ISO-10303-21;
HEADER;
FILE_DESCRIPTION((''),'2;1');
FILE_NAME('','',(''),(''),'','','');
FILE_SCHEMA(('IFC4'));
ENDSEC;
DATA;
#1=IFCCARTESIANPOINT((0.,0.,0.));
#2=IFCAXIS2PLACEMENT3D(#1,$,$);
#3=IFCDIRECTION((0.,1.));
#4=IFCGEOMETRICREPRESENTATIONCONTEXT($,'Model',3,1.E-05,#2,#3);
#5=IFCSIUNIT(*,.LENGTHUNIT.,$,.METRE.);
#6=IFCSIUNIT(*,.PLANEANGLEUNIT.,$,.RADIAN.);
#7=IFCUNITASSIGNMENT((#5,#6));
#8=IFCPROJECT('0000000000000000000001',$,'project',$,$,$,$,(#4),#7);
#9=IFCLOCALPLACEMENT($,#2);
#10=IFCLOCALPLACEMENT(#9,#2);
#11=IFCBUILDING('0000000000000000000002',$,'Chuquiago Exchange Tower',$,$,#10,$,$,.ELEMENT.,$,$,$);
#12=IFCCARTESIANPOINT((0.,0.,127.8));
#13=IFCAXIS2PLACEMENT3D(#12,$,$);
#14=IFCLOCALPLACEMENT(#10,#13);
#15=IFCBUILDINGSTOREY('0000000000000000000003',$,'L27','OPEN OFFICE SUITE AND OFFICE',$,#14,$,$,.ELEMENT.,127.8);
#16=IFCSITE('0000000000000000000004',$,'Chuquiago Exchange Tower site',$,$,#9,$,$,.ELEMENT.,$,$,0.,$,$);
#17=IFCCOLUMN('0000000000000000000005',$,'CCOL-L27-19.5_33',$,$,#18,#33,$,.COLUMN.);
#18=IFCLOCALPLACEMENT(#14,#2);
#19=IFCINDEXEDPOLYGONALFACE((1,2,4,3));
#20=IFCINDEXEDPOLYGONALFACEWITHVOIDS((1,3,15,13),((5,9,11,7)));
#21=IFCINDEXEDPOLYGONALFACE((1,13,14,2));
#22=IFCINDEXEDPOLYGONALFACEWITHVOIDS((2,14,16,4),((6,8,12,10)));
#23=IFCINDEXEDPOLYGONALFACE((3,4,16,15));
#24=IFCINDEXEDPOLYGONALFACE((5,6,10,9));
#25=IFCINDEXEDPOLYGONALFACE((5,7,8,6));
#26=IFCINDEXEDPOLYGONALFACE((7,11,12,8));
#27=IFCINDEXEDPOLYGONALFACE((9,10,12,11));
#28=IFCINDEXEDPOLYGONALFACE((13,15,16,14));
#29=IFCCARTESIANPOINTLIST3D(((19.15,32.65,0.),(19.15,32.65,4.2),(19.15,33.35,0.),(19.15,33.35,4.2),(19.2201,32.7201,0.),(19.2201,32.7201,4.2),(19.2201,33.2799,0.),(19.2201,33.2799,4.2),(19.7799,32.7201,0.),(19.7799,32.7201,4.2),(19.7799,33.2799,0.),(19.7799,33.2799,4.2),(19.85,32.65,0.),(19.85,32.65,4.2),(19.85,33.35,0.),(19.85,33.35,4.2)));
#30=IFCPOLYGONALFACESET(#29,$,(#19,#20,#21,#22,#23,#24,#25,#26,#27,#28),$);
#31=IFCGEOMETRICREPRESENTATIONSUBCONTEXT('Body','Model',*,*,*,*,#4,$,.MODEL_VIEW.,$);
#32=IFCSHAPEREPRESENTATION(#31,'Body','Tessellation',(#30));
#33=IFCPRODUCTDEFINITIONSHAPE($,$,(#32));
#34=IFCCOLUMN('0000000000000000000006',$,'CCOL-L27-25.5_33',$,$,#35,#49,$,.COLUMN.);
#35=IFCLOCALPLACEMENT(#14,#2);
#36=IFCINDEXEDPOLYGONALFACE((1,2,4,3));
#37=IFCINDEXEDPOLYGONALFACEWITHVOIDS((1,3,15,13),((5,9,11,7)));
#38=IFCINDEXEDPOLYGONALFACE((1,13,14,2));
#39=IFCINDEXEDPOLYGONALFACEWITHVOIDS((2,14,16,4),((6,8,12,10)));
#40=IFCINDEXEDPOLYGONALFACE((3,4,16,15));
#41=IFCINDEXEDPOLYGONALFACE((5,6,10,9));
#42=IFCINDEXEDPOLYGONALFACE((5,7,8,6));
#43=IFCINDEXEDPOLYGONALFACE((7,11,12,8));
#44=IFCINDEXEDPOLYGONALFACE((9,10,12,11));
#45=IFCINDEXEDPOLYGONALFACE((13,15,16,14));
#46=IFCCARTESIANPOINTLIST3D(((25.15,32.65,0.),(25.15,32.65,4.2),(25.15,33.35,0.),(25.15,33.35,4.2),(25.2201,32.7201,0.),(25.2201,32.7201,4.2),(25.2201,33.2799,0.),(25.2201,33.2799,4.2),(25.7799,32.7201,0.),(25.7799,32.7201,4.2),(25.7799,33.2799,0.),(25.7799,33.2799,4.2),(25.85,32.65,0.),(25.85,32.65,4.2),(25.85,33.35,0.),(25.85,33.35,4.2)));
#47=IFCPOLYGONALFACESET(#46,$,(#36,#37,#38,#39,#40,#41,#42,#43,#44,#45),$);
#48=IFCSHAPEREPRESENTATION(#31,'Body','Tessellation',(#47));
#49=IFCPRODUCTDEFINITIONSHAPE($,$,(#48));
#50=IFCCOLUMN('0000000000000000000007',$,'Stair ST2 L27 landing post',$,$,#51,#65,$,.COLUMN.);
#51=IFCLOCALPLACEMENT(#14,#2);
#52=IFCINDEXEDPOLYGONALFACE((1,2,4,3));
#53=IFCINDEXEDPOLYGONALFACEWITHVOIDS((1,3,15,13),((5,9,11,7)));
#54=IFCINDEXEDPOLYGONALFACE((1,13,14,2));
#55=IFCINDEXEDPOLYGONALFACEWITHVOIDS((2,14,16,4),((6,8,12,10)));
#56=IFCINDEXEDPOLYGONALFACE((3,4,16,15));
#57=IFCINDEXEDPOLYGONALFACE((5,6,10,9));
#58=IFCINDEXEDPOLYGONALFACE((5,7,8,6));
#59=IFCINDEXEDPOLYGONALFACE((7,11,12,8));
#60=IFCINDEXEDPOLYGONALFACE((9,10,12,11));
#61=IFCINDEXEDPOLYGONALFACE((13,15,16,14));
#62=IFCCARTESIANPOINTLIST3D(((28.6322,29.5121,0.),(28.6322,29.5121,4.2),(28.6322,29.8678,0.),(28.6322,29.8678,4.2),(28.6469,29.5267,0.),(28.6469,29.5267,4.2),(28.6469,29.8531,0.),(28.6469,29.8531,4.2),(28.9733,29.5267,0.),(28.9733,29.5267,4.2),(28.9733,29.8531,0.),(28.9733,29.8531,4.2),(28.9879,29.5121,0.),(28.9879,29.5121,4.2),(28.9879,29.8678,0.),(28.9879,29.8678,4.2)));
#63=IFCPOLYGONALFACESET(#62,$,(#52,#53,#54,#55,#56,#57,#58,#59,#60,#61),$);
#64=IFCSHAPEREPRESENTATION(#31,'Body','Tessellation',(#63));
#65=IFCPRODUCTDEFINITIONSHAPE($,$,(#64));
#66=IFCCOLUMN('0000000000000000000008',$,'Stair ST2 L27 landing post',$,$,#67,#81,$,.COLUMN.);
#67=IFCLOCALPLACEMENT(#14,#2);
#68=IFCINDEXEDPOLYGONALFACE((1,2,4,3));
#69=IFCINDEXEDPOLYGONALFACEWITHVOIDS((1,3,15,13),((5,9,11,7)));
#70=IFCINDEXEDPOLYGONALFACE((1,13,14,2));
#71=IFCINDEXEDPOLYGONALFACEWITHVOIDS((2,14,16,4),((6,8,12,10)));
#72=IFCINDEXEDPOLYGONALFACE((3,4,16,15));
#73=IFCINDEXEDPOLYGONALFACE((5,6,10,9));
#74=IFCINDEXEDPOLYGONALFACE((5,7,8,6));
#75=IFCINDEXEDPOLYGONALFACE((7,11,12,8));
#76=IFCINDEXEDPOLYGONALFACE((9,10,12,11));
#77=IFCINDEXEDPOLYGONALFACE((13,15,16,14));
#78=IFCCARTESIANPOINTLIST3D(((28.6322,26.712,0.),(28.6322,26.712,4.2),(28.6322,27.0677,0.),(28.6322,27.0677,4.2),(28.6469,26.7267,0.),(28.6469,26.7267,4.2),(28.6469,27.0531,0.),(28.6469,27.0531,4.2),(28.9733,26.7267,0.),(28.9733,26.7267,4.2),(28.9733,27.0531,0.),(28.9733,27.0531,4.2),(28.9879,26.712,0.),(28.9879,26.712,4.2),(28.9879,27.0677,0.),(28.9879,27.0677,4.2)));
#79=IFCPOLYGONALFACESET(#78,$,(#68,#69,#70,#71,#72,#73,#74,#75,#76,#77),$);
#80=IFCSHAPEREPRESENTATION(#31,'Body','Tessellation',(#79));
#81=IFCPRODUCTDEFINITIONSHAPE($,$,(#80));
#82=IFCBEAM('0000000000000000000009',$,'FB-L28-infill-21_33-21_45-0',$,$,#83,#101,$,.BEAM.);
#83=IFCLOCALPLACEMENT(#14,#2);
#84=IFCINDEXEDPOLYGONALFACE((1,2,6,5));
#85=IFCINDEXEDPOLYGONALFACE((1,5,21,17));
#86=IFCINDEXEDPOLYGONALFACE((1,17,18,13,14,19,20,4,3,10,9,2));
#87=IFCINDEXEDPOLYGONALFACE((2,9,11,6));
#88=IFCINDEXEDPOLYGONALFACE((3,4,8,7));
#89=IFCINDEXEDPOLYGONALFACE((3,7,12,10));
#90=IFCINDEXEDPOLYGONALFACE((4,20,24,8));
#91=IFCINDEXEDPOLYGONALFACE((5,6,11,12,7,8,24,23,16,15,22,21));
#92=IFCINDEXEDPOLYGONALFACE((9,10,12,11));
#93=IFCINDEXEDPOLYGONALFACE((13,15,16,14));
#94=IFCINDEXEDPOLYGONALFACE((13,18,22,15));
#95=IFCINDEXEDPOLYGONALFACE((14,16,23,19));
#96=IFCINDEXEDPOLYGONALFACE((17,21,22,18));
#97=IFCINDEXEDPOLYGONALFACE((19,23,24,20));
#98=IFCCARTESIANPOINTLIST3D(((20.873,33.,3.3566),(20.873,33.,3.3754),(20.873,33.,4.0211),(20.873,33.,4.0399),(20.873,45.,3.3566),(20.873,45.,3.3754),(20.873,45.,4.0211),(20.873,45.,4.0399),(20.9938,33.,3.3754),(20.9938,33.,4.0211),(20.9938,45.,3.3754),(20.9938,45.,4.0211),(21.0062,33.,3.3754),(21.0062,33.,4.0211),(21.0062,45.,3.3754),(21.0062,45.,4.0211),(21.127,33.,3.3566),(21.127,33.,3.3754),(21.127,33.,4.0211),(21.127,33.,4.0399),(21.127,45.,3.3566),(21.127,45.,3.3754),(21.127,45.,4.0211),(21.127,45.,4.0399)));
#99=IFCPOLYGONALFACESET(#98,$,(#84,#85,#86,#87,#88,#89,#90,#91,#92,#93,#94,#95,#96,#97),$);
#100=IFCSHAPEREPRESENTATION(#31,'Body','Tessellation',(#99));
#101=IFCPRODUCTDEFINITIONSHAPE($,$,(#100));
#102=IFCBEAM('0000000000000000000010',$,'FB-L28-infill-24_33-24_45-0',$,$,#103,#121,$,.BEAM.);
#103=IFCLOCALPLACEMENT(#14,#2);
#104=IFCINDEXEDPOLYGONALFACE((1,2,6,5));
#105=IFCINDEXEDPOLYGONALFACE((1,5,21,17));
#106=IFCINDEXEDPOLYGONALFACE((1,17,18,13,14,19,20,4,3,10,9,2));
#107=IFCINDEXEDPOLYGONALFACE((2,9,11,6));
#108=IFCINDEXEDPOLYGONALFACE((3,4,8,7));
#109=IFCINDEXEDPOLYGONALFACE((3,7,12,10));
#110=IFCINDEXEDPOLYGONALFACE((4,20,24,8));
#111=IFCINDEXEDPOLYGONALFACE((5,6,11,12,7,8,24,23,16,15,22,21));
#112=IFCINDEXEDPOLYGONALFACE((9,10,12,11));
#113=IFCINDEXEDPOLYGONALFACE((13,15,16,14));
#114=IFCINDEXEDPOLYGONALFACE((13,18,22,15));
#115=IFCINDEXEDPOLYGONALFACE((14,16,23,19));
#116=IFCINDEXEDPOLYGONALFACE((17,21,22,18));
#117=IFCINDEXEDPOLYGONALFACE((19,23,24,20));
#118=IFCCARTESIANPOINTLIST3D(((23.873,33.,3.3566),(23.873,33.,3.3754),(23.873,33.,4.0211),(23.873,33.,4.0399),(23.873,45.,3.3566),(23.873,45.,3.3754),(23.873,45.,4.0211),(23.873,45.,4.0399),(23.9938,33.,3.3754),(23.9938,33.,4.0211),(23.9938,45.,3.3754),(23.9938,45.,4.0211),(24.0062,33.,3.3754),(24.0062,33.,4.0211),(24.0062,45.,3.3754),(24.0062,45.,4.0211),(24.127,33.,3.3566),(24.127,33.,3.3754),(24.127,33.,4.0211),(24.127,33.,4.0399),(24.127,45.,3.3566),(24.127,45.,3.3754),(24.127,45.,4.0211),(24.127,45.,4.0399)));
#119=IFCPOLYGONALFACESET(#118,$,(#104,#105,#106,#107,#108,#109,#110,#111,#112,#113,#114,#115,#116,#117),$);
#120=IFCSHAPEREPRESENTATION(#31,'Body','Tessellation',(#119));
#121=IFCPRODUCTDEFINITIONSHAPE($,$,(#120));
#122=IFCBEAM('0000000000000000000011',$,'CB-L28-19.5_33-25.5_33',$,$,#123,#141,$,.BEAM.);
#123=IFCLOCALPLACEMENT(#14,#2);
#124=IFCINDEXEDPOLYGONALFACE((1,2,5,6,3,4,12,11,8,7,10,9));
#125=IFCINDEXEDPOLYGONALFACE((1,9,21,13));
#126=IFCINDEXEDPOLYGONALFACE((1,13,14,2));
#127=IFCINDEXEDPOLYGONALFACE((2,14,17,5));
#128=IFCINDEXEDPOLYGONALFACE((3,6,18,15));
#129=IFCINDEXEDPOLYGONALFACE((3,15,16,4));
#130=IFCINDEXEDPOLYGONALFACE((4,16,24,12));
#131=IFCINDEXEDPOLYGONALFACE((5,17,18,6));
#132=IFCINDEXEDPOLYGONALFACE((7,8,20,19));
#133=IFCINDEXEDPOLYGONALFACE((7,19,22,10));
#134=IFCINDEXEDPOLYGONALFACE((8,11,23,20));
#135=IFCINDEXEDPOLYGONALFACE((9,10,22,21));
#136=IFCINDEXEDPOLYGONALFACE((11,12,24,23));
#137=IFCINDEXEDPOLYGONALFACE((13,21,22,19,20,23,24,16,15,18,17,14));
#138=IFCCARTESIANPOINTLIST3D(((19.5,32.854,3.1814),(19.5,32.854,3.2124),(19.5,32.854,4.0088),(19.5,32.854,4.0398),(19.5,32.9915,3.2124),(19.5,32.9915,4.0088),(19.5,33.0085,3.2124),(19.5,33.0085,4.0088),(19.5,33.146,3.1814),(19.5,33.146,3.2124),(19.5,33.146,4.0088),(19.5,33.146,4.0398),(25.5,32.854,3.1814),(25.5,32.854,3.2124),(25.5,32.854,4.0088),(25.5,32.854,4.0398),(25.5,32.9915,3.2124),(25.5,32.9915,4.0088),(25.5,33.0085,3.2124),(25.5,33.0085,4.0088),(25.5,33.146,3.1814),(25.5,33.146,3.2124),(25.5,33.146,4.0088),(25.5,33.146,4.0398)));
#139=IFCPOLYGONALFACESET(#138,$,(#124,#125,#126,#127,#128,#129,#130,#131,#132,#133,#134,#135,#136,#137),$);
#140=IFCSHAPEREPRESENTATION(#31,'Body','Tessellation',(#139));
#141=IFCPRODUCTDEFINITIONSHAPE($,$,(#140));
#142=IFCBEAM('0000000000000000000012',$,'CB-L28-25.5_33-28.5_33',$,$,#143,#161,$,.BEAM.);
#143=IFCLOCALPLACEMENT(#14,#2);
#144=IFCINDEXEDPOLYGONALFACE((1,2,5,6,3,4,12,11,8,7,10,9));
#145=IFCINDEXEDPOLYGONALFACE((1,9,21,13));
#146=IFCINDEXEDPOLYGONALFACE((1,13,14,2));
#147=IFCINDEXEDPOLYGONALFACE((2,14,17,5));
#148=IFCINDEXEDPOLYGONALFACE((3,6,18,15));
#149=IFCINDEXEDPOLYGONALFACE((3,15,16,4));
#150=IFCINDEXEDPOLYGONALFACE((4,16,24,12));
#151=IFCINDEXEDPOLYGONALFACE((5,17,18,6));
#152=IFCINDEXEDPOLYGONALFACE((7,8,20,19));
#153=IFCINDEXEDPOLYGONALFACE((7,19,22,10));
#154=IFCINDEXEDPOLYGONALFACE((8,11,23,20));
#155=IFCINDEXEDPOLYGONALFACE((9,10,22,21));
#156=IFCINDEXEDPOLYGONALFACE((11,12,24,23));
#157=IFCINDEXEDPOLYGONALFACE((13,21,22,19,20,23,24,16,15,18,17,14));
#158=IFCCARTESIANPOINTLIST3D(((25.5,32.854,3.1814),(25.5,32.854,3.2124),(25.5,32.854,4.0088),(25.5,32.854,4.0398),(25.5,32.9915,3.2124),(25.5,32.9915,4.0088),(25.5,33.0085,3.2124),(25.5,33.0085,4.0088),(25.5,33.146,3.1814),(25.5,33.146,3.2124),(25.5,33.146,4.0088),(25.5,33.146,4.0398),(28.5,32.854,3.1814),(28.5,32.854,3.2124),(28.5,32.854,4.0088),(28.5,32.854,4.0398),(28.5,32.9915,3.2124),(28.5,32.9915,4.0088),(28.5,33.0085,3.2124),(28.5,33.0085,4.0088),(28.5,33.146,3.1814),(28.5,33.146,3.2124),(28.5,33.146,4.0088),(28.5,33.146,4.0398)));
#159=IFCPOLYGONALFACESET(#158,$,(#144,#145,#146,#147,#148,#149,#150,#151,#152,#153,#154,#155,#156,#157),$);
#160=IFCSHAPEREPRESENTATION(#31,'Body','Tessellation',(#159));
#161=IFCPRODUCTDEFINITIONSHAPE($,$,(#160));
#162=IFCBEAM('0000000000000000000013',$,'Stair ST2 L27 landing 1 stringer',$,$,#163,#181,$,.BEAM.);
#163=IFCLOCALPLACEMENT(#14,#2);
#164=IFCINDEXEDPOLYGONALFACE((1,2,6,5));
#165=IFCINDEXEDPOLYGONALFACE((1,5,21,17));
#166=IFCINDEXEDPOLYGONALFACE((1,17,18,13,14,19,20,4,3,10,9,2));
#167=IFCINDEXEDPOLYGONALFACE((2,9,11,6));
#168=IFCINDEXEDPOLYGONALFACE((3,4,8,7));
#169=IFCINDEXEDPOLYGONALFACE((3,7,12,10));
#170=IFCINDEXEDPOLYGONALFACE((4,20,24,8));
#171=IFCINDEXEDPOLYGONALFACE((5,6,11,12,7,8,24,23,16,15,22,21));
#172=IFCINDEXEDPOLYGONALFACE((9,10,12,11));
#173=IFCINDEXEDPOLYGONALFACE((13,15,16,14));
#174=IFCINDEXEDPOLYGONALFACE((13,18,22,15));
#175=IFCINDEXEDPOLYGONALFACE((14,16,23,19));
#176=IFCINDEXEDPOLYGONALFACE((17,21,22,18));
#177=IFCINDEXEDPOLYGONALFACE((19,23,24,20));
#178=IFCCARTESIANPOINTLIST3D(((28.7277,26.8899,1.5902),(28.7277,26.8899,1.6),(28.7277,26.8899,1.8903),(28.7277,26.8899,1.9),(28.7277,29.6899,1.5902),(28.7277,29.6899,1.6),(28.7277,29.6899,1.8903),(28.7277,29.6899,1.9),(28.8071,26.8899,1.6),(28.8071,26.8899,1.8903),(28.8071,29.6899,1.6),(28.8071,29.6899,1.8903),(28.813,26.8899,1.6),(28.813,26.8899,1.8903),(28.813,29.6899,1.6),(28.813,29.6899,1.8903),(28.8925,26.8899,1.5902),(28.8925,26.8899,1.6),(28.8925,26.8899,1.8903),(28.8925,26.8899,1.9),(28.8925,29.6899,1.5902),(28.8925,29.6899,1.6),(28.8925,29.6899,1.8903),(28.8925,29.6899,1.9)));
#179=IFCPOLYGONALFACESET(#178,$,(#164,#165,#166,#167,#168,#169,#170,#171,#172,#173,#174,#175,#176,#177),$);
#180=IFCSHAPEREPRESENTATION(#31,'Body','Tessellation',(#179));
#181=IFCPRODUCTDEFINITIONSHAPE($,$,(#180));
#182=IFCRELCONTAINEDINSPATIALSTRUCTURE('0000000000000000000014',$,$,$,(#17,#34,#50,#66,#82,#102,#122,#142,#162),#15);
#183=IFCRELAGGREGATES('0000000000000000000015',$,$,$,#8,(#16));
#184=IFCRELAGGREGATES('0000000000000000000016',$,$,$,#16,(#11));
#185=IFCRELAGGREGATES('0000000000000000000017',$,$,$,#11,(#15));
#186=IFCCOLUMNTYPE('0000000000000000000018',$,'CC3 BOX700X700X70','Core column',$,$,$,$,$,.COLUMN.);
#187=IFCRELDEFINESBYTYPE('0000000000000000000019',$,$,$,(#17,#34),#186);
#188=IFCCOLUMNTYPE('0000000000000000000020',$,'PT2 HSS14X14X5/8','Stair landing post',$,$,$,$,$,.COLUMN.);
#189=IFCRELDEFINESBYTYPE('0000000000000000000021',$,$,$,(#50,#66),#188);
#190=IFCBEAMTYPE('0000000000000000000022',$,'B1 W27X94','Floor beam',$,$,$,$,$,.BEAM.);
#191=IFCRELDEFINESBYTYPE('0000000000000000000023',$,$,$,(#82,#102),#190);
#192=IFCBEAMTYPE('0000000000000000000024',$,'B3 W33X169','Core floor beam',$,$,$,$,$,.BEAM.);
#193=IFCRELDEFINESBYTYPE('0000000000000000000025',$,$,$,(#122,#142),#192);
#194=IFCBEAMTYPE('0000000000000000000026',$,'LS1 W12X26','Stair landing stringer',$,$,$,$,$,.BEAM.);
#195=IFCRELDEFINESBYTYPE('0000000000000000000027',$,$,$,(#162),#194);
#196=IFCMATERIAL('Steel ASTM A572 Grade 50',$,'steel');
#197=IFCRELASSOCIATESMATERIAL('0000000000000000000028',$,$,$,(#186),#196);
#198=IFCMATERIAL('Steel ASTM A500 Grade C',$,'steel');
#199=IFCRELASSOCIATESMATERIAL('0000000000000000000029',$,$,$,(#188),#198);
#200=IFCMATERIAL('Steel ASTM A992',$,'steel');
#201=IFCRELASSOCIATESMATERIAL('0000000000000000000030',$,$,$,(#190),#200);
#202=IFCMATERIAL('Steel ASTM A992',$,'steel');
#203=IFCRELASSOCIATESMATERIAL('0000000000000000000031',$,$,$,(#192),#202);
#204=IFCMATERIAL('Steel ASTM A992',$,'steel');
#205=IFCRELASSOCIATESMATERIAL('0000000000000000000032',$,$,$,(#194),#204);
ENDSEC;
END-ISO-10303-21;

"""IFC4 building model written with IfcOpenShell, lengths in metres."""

from ifc_helpers import new_model, si_unit, direction, frame, origin, origin_2d, place, context, subcontext, project, spatial, hollow_rectangle, i_section, extrude, material, material_profile, profile_set, type_object, element, save


model = new_model("IFC4")

# Units and contexts
model_context = context("Model", 3, precision=1e-05, world=origin(), true_north=direction((0.0, 1.0)))
body_context = subcontext(model_context, "Body", "Model", "MODEL_VIEW")
ifc_project = project(units=[si_unit("LENGTHUNIT", "METRE"), si_unit("PLANEANGLEUNIT", "RADIAN")], contexts=[model_context])

# Site, building, storey
site_placement = place(None, origin())
site = spatial("IfcSite", under=ifc_project, at=site_placement, Name="Chuquiago Exchange Tower site", CompositionType="ELEMENT", RefElevation=0.0)
building_placement = place(site_placement, origin())
building = spatial("IfcBuilding", under=site, at=building_placement, Name="Chuquiago Exchange Tower", CompositionType="ELEMENT")
storey_placement = place(building_placement, frame((0.0, 0.0, 127.8)))
storey = spatial("IfcBuildingStorey", under=building, at=storey_placement, Name="L27", Description="OPEN OFFICE SUITE AND OFFICE", CompositionType="ELEMENT", Elevation=127.8)

# Columns
ifc_material_1 = material(Name="Steel ASTM A572 Grade 50", Category="steel")
ifc_material_profile_1 = material_profile(ifc_material_1, hollow_rectangle(XDim=0.7, YDim=0.7, WallThickness=0.0701, at=origin_2d()), Name="BOX700X700X70")
ifc_profile_set_1 = profile_set([ifc_material_profile_1], Name="Steel ASTM A572 Grade 50")
column_type_1 = type_object("IfcColumnType", Name="CC3 BOX700X700X70", Description="Core column", PredefinedType="COLUMN", material=ifc_profile_set_1)
for number, where, z_axis, x_axis, name in (
    (1, (19.5, 33.0, 0.0), (0.0, 0.0, 1.0), (1.0, 0.0, 0.0), "CCOL-L27-19.5_33"),
    (2, (25.5, 33.0, 0.0), (0.0, 0.0, 1.0), (1.0, 0.0, 0.0), "CCOL-L27-25.5_33"),
):
    element("IfcColumn", number, at=place(storey_placement, frame(where, z_axis=z_axis, x_axis=x_axis)), inside=storey, type_object=column_type_1, Name=name, PredefinedType="COLUMN", context=body_context, shape_type="SweptSolid", body=[
        extrude(hollow_rectangle(XDim=0.7, YDim=0.7, WallThickness=0.0701, at=origin_2d()), origin(), (0.0, 0.0, 1.0), 4.2),
    ])
ifc_material_2 = material(Name="Steel ASTM A500 Grade C", Category="steel")
ifc_material_profile_2 = material_profile(ifc_material_2, hollow_rectangle(XDim=0.3557, YDim=0.3557, WallThickness=0.0146, at=origin_2d()), Name="HSS14X14X5/8")
ifc_profile_set_2 = profile_set([ifc_material_profile_2], Name="Steel ASTM A500 Grade C")
column_type_2 = type_object("IfcColumnType", Name="PT2 HSS14X14X5/8", Description="Stair landing post", PredefinedType="COLUMN", material=ifc_profile_set_2)
for number, where, z_axis, x_axis, name in (
    (3, (28.8101, 29.6899, 0.0), (0.0, 0.0, 1.0), (1.0, 0.0, 0.0), "Stair ST2 L27 landing post"),
    (4, (28.8101, 26.8899, 0.0), (0.0, 0.0, 1.0), (1.0, 0.0, 0.0), "Stair ST2 L27 landing post"),
):
    element("IfcColumn", number, at=place(storey_placement, frame(where, z_axis=z_axis, x_axis=x_axis)), inside=storey, type_object=column_type_2, Name=name, PredefinedType="COLUMN", context=body_context, shape_type="SweptSolid", body=[
        extrude(hollow_rectangle(XDim=0.3557, YDim=0.3557, WallThickness=0.0146, at=origin_2d()), origin(), (0.0, 0.0, 1.0), 4.2),
    ])

# Beams
ifc_material_3 = material(Name="Steel ASTM A992", Category="steel")
ifc_material_profile_3 = material_profile(ifc_material_3, i_section(OverallWidth=0.2539, OverallDepth=0.6833, WebThickness=0.0125, FlangeThickness=0.0188, at=origin_2d()), Name="W27X94")
ifc_profile_set_3 = profile_set([ifc_material_profile_3], Name="Steel ASTM A992")
beam_type_1 = type_object("IfcBeamType", Name="B1 W27X94", Description="Floor beam", PredefinedType="BEAM", material=ifc_profile_set_3)
for number, where, z_axis, x_axis, name in (
    (5, (21.0, 33.0, 3.6982), (0.0, 1.0, 0.0), (-1.0, 0.0, 0.0), "FB-L28-infill-21_33-21_45-0"),
    (6, (24.0, 33.0, 3.6982), (0.0, 1.0, 0.0), (-1.0, 0.0, 0.0), "FB-L28-infill-24_33-24_45-0"),
):
    element("IfcBeam", number, at=place(storey_placement, frame(where, z_axis=z_axis, x_axis=x_axis)), inside=storey, type_object=beam_type_1, Name=name, PredefinedType="BEAM", context=body_context, shape_type="SweptSolid", body=[
        extrude(i_section(OverallWidth=0.2539, OverallDepth=0.6833, WebThickness=0.0125, FlangeThickness=0.0188, at=origin_2d()), origin(), (0.0, 0.0, 1.0), 12.0),
    ])
ifc_material_4 = material(Name="Steel ASTM A992", Category="steel")
ifc_material_profile_4 = material_profile(ifc_material_4, i_section(OverallWidth=0.292, OverallDepth=0.8584, WebThickness=0.0171, FlangeThickness=0.031, at=origin_2d()), Name="W33X169")
ifc_profile_set_4 = profile_set([ifc_material_profile_4], Name="Steel ASTM A992")
beam_type_2 = type_object("IfcBeamType", Name="B3 W33X169", Description="Core floor beam", PredefinedType="BEAM", material=ifc_profile_set_4)
beam_1_placement = place(storey_placement, frame((19.5, 33.0, 3.6106), z_axis=(1.0, 0.0, 0.0), x_axis=(0.0, 1.0, 0.0)))
element("IfcBeam", 7, at=beam_1_placement, inside=storey, type_object=beam_type_2, Name="CB-L28-19.5_33-25.5_33", PredefinedType="BEAM", context=body_context, shape_type="SweptSolid", body=[
    extrude(i_section(OverallWidth=0.292, OverallDepth=0.8584, WebThickness=0.0171, FlangeThickness=0.031, at=origin_2d()), origin(), (0.0, 0.0, 1.0), 6.0),
])
beam_2_placement = place(storey_placement, frame((25.5, 33.0, 3.6106), z_axis=(1.0, 0.0, 0.0), x_axis=(0.0, 1.0, 0.0)))
element("IfcBeam", 8, at=beam_2_placement, inside=storey, type_object=beam_type_2, Name="CB-L28-25.5_33-28.5_33", PredefinedType="BEAM", context=body_context, shape_type="SweptSolid", body=[
    extrude(i_section(OverallWidth=0.292, OverallDepth=0.8584, WebThickness=0.0171, FlangeThickness=0.031, at=origin_2d()), origin(), (0.0, 0.0, 1.0), 3.0),
])
ifc_material_5 = material(Name="Steel ASTM A992", Category="steel")
ifc_material_profile_5 = material_profile(ifc_material_5, i_section(OverallWidth=0.1648, OverallDepth=0.3098, WebThickness=0.0059, FlangeThickness=0.0098, at=origin_2d()), Name="W12X26")
ifc_profile_set_5 = profile_set([ifc_material_profile_5], Name="Steel ASTM A992")
beam_type_3 = type_object("IfcBeamType", Name="LS1 W12X26", Description="Stair landing stringer", PredefinedType="BEAM", material=ifc_profile_set_5)
beam_3_placement = place(storey_placement, frame((28.8101, 26.8899, 1.7451), z_axis=(0.0, 1.0, 0.0), x_axis=(-1.0, 0.0, 0.0)))
element("IfcBeam", 9, at=beam_3_placement, inside=storey, type_object=beam_type_3, Name="Stair ST2 L27 landing 1 stringer", PredefinedType="BEAM", context=body_context, shape_type="SweptSolid", body=[
    extrude(i_section(OverallWidth=0.1648, OverallDepth=0.3098, WebThickness=0.0059, FlangeThickness=0.0098, at=origin_2d()), origin(), (0.0, 0.0, 1.0), 2.8),
])

save(model, "model.ifc")
